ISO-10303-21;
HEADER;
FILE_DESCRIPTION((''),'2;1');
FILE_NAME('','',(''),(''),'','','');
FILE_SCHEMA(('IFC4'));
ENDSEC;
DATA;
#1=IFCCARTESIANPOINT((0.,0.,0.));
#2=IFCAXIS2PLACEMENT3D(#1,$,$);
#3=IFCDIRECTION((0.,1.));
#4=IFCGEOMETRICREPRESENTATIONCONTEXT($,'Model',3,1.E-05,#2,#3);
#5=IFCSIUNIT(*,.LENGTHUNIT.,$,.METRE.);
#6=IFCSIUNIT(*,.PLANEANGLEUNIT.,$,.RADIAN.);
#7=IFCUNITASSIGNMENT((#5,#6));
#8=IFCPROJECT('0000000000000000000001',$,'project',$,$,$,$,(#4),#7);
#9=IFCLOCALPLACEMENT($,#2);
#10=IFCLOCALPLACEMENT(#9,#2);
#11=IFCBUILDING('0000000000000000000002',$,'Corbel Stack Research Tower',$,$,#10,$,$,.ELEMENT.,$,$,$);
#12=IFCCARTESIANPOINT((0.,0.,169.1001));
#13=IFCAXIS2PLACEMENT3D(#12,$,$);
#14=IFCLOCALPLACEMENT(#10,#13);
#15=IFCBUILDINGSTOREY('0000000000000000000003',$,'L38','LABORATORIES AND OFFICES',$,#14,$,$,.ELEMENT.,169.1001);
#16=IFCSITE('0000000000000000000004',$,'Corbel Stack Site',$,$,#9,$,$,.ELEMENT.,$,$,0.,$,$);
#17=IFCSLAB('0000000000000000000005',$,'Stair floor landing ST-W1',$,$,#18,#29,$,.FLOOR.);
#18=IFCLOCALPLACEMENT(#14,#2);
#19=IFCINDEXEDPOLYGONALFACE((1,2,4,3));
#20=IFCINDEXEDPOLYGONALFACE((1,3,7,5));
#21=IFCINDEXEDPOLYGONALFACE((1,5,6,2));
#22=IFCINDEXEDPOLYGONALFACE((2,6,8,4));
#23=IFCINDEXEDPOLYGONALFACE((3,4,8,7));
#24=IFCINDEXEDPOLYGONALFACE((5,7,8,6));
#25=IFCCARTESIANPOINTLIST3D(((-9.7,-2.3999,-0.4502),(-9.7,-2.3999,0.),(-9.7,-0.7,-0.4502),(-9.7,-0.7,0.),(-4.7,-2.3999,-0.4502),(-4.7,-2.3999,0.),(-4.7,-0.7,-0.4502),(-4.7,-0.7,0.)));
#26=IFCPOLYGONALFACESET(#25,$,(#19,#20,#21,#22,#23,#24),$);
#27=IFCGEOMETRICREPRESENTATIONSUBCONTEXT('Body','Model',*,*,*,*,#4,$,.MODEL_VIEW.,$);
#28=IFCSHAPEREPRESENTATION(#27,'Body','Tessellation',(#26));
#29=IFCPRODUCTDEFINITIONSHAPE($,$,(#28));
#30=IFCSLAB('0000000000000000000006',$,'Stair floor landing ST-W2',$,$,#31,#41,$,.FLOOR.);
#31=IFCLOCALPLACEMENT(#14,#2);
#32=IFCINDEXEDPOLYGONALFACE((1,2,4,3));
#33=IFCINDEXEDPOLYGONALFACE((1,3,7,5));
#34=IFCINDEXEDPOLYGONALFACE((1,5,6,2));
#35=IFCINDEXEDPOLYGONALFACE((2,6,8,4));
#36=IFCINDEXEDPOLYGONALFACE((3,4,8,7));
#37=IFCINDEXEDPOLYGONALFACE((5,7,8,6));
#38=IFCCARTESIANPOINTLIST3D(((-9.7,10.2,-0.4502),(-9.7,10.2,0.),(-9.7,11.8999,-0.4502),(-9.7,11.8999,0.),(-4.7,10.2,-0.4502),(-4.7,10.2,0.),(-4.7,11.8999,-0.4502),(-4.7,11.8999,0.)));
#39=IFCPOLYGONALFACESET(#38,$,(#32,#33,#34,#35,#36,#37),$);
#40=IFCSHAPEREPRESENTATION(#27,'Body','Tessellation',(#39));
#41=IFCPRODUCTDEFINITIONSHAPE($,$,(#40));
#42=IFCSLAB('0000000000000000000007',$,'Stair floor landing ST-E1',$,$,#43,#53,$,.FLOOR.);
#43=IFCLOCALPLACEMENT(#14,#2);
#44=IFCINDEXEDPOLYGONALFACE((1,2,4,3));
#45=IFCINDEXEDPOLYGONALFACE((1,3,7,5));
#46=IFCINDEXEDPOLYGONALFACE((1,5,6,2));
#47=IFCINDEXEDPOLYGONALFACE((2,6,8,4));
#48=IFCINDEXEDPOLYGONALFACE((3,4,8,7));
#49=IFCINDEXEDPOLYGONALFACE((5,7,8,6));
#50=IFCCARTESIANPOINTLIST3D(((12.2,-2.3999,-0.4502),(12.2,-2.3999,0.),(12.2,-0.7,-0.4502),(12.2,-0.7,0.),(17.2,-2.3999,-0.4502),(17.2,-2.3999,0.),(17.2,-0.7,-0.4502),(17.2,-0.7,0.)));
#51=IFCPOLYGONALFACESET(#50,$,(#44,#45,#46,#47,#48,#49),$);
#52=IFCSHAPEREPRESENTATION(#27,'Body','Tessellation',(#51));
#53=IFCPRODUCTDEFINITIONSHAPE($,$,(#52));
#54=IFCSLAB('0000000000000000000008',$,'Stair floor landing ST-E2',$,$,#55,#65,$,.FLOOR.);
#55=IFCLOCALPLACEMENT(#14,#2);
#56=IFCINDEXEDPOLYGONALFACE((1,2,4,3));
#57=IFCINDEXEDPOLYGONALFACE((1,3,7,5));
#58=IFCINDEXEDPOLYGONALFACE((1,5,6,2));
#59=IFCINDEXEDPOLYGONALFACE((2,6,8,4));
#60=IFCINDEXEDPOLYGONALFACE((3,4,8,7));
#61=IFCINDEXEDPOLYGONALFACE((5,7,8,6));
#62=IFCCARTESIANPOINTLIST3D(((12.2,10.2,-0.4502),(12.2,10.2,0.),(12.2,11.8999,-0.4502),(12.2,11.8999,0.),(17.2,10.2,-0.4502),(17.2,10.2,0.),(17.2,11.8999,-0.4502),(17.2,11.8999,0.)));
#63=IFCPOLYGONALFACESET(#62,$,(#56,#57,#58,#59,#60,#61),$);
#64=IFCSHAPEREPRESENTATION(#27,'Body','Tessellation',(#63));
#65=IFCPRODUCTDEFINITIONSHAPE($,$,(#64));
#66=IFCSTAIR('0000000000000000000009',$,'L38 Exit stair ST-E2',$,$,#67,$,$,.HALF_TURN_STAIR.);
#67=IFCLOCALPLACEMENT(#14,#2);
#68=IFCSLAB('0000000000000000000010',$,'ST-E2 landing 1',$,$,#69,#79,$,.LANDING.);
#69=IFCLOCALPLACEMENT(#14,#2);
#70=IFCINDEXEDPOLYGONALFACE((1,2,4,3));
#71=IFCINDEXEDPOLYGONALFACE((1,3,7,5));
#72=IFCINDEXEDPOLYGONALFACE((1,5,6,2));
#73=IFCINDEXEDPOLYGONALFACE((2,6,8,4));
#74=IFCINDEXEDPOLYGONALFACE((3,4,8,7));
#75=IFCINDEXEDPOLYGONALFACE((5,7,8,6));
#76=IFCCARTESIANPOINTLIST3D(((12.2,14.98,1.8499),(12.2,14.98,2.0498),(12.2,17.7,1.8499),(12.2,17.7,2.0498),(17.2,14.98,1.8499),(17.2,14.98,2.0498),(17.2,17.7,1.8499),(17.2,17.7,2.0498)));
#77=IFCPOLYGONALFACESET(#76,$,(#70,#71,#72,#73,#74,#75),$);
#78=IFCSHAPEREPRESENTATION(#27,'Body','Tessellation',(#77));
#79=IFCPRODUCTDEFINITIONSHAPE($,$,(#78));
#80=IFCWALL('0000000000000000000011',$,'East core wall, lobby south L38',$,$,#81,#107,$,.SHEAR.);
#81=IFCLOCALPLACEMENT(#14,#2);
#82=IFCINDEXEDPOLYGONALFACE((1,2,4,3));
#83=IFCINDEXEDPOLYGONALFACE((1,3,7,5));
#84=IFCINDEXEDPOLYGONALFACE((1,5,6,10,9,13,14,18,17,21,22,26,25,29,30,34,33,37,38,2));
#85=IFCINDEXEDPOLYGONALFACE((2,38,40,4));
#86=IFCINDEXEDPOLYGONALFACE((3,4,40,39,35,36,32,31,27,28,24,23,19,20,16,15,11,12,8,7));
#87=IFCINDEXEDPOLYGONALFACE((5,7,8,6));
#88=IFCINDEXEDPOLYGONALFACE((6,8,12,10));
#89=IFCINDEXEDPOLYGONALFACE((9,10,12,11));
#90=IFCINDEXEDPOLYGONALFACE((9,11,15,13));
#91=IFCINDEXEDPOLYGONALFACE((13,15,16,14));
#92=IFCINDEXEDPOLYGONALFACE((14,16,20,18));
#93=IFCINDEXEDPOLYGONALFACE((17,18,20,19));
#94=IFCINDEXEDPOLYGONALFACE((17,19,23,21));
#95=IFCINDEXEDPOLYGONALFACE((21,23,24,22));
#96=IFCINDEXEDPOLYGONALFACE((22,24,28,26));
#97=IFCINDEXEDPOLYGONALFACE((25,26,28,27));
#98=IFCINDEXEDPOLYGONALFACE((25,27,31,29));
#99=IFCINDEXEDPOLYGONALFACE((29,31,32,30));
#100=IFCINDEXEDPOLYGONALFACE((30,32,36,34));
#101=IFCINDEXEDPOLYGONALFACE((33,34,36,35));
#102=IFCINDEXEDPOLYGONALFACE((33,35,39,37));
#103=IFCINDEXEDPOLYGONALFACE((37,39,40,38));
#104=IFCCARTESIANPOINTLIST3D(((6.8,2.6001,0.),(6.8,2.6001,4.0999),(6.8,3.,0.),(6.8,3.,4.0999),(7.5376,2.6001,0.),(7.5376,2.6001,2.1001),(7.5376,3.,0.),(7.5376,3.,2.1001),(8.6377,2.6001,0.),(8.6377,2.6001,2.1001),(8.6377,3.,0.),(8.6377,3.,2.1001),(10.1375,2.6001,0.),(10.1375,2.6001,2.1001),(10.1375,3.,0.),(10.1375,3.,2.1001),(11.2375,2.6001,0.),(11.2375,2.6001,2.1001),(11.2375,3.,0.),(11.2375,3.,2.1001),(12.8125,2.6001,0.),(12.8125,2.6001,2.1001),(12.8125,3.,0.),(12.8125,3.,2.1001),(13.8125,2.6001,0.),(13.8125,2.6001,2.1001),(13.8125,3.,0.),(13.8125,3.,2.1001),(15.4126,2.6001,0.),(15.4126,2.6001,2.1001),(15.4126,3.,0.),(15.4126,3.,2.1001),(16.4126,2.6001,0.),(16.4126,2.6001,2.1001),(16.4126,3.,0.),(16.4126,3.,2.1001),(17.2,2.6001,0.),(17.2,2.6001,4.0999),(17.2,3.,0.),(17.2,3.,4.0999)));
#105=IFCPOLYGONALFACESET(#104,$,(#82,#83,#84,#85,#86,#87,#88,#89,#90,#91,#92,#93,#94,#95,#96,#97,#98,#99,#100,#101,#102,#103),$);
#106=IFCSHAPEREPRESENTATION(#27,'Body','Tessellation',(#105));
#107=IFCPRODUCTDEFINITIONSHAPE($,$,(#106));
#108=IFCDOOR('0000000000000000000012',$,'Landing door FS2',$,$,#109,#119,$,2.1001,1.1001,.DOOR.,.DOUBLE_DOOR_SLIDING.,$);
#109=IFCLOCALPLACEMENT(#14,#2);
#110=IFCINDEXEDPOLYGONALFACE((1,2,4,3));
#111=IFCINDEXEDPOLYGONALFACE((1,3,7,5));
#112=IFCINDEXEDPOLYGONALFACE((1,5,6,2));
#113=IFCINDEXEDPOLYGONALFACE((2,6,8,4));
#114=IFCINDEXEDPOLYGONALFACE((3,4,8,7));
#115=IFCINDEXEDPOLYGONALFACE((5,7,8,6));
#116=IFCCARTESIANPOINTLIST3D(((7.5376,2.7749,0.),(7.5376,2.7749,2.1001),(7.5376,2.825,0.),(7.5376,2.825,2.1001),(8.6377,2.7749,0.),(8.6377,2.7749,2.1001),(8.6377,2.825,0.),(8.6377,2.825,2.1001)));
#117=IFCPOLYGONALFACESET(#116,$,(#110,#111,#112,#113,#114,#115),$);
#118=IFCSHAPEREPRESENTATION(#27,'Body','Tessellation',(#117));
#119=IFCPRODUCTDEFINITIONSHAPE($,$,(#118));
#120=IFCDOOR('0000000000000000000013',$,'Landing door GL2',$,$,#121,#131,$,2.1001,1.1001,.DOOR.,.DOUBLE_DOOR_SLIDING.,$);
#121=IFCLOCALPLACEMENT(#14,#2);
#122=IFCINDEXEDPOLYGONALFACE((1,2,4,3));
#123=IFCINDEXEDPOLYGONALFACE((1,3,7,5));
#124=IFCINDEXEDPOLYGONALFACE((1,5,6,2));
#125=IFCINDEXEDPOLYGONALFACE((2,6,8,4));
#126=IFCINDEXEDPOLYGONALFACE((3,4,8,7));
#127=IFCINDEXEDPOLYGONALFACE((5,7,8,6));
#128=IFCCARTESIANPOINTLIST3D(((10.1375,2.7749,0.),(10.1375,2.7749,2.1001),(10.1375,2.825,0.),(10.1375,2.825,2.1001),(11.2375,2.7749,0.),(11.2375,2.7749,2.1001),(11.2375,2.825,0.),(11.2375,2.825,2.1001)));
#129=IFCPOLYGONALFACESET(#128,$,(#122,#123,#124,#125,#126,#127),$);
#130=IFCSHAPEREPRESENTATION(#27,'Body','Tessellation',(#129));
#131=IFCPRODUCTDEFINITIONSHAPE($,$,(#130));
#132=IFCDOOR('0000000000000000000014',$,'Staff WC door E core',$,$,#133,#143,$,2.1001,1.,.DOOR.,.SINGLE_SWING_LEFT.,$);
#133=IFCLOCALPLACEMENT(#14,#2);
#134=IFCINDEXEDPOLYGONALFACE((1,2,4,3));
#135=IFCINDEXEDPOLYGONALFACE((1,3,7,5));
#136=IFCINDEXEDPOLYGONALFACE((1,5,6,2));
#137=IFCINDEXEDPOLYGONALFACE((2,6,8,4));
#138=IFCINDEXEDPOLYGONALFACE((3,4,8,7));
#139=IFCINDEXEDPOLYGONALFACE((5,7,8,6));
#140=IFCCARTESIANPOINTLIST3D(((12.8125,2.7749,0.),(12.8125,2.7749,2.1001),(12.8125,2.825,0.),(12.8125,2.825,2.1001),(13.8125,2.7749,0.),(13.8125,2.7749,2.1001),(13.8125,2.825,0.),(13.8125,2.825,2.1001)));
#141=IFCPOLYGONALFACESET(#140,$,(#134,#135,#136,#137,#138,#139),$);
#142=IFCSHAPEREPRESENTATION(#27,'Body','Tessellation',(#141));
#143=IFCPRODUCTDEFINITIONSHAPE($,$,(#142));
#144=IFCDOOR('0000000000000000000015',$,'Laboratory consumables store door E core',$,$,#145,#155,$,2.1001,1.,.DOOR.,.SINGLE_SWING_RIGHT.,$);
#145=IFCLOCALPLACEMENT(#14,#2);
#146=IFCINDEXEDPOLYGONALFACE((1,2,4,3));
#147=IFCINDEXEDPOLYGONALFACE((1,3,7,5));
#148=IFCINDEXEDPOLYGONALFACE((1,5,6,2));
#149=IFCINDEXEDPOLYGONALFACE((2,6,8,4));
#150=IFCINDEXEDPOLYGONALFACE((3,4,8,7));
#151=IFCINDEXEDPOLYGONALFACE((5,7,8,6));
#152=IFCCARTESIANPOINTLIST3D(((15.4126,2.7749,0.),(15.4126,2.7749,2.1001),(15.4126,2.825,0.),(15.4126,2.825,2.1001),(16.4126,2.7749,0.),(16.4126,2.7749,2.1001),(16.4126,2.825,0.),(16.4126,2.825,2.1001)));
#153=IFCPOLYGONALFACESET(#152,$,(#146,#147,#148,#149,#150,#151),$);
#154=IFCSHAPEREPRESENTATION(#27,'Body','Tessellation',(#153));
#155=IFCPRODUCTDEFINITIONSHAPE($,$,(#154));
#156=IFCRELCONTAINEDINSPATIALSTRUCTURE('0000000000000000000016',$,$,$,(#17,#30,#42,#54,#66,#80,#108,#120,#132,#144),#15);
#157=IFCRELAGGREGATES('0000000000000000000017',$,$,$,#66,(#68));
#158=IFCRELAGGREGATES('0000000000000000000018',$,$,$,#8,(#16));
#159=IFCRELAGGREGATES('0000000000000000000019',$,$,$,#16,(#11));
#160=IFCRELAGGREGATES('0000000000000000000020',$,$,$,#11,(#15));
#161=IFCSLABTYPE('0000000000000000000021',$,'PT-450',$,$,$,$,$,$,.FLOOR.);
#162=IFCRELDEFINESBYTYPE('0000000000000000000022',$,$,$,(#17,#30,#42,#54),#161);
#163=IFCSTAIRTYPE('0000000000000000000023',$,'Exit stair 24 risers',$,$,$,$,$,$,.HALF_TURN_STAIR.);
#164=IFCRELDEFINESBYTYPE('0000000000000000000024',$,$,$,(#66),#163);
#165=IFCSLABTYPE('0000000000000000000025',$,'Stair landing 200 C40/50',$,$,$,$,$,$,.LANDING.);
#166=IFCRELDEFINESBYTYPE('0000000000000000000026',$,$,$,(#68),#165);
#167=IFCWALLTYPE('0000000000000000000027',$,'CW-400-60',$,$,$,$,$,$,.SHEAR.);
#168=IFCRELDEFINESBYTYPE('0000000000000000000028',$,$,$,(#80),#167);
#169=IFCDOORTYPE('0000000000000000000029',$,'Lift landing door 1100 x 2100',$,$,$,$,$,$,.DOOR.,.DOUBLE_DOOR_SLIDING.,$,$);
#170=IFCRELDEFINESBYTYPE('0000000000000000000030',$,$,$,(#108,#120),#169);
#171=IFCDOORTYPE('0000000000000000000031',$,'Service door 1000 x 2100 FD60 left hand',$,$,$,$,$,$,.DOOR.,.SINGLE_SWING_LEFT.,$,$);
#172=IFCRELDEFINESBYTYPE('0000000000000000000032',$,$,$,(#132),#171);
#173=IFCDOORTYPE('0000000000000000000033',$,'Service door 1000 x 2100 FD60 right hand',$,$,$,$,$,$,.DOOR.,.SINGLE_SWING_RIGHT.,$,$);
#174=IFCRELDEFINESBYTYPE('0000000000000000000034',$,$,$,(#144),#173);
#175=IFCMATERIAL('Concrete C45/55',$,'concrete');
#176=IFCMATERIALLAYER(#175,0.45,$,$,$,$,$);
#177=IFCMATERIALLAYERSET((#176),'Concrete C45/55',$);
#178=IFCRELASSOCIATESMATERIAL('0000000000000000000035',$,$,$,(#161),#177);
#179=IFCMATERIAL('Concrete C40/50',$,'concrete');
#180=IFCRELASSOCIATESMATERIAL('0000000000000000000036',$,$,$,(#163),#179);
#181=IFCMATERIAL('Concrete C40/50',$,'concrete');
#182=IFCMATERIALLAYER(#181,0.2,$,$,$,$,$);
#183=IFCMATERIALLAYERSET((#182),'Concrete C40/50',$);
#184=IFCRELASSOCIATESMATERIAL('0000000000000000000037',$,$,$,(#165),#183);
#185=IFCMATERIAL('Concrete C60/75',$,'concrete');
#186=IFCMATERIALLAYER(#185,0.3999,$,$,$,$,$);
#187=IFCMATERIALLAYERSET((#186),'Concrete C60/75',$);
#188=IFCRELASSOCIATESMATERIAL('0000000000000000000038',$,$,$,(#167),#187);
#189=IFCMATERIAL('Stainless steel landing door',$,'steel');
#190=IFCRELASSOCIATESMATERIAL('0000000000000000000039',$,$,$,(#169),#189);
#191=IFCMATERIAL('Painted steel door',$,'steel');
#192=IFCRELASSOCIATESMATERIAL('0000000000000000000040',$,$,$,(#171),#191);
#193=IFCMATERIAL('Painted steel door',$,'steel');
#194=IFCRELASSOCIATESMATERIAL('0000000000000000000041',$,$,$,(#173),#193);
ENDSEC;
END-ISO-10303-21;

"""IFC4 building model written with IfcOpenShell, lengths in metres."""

from ifc_helpers import new_model, si_unit, direction, frame, frame_2d, origin, place, context, subcontext, project, spatial, polyline, rectangle, outline, extrude, material, layer, layer_set, type_object, element, fill, aggregate, save


model = new_model("IFC4")

# Units and contexts
model_context = context("Model", 3, precision=1e-05, world=origin(), true_north=direction((0.0, 1.0)))
body_context = subcontext(model_context, "Body", "Model", "MODEL_VIEW")
ifc_project = project(units=[si_unit("LENGTHUNIT", "METRE"), si_unit("PLANEANGLEUNIT", "RADIAN")], contexts=[model_context])

# Site, building, storey
site_placement = place(None, origin())
site = spatial("IfcSite", under=ifc_project, at=site_placement, Name="Corbel Stack Site", CompositionType="ELEMENT", RefElevation=0.0)
building_placement = place(site_placement, origin())
building = spatial("IfcBuilding", under=site, at=building_placement, Name="Corbel Stack Research Tower", CompositionType="ELEMENT")
storey_placement = place(building_placement, frame((0.0, 0.0, 169.1001)))
storey = spatial("IfcBuildingStorey", under=building, at=storey_placement, Name="L38", Description="LABORATORIES AND OFFICES", CompositionType="ELEMENT", Elevation=169.1001)

# Slabs
ifc_material_1 = material(Name="Concrete C45/55", Category="concrete")
ifc_layer_1 = layer(ifc_material_1, 0.45)
ifc_layer_set_1 = layer_set([ifc_layer_1], Name="Concrete C45/55")
slab_type_1 = type_object("IfcSlabType", Name="PT-450", PredefinedType="FLOOR", material=ifc_layer_set_1)
slab_1_placement = place(storey_placement, frame((0.0, 0.0, -0.4502)))
element("IfcSlab", 1, at=slab_1_placement, inside=storey, type_object=slab_type_1, Name="Stair floor landing ST-W1", PredefinedType="FLOOR", context=body_context, shape_type="SweptSolid", body=[
    extrude(outline(polyline([(-9.7, -2.3999), (-4.7, -2.3999), (-4.7, -0.7), (-9.7, -0.7), (-9.7, -2.3999)])), origin(), (0.0, 0.0, 1.0), 0.4502),
])
slab_2_placement = place(storey_placement, frame((0.0, 0.0, -0.4502)))
element("IfcSlab", 2, at=slab_2_placement, inside=storey, type_object=slab_type_1, Name="Stair floor landing ST-W2", PredefinedType="FLOOR", context=body_context, shape_type="SweptSolid", body=[
    extrude(outline(polyline([(-9.7, 10.2), (-4.7, 10.2), (-4.7, 11.8999), (-9.7, 11.8999), (-9.7, 10.2)])), origin(), (0.0, 0.0, 1.0), 0.4502),
])
slab_3_placement = place(storey_placement, frame((0.0, 0.0, -0.4502)))
element("IfcSlab", 3, at=slab_3_placement, inside=storey, type_object=slab_type_1, Name="Stair floor landing ST-E1", PredefinedType="FLOOR", context=body_context, shape_type="SweptSolid", body=[
    extrude(outline(polyline([(12.2, -2.3999), (17.2, -2.3999), (17.2, -0.7), (12.2, -0.7), (12.2, -2.3999)])), origin(), (0.0, 0.0, 1.0), 0.4502),
])
slab_4_placement = place(storey_placement, frame((0.0, 0.0, -0.4502)))
element("IfcSlab", 4, at=slab_4_placement, inside=storey, type_object=slab_type_1, Name="Stair floor landing ST-E2", PredefinedType="FLOOR", context=body_context, shape_type="SweptSolid", body=[
    extrude(outline(polyline([(12.2, 10.2), (17.2, 10.2), (17.2, 11.8999), (12.2, 11.8999), (12.2, 10.2)])), origin(), (0.0, 0.0, 1.0), 0.4502),
])

# Stair, slab
ifc_material_2 = material(Name="Concrete C40/50", Category="concrete")
stair_type = type_object("IfcStairType", Name="Exit stair 24 risers", PredefinedType="HALF_TURN_STAIR", material=ifc_material_2)
stair_placement = place(storey_placement, origin())
stair = element("IfcStair", 5, at=stair_placement, inside=storey, type_object=stair_type, Name="L38 Exit stair ST-E2", PredefinedType="HALF_TURN_STAIR")
ifc_material_3 = material(Name="Concrete C40/50", Category="concrete")
ifc_layer_2 = layer(ifc_material_3, 0.2)
ifc_layer_set_2 = layer_set([ifc_layer_2], Name="Concrete C40/50")
slab_type_2 = type_object("IfcSlabType", Name="Stair landing 200 C40/50", PredefinedType="LANDING", material=ifc_layer_set_2)
slab_5_placement = place(storey_placement, frame((0.0, 0.0, 1.8499)))
slab_5 = element("IfcSlab", 6, at=slab_5_placement, type_object=slab_type_2, Name="ST-E2 landing 1", PredefinedType="LANDING", context=body_context, shape_type="SweptSolid", body=[
    extrude(outline(polyline([(12.2, 14.98), (12.2, 17.7), (17.2, 17.7), (17.2, 14.98), (12.2, 14.98)])), origin(), (0.0, 0.0, 1.0), 0.2),
])
aggregate(stair, [slab_5])

# Wall, openings, doors
ifc_material_4 = material(Name="Concrete C60/75", Category="concrete")
ifc_layer_3 = layer(ifc_material_4, 0.3999)
ifc_layer_set_3 = layer_set([ifc_layer_3], Name="Concrete C60/75")
wall_type_1 = type_object("IfcWallType", Name="CW-400-60", PredefinedType="SHEAR", material=ifc_layer_set_3)
wall_1_placement = place(storey_placement, frame((6.8, 2.8, 0.0), z_axis=(0.0, 0.0, 1.0), x_axis=(1.0, 0.0, 0.0)))
wall_1 = element("IfcWall", 7, at=wall_1_placement, inside=storey, type_object=wall_type_1, Name="East core wall, lobby south L38", PredefinedType="SHEAR", context=body_context, shape_type="SweptSolid", body=[
    extrude(rectangle(XDim=10.3999, YDim=0.3999, at=frame_2d((5.2, 0.0))), origin(), (0.0, 0.0, 1.0), 4.0999),
])
opening_1_placement = place(wall_1_placement, frame((0.7375, 0.0, 0.0)))
opening_1 = element("IfcOpeningElement", 8, at=opening_1_placement, cuts=wall_1, PredefinedType="OPENING", context=body_context, shape_type="SweptSolid", body=[
    extrude(rectangle(XDim=1.1001, YDim=2.1001, at=frame_2d((0.55, 1.05))), frame((0.0, 0.21, 0.0), z_axis=(0.0, -1.0, 0.0), x_axis=(1.0, 0.0, 0.0)), (0.0, 0.0, 1.0), 0.4199),
])
opening_2_placement = place(wall_1_placement, frame((3.3374, 0.0, 0.0)))
opening_2 = element("IfcOpeningElement", 9, at=opening_2_placement, cuts=wall_1, PredefinedType="OPENING", context=body_context, shape_type="SweptSolid", body=[
    extrude(rectangle(XDim=1.1001, YDim=2.1001, at=frame_2d((0.55, 1.05))), frame((0.0, 0.21, 0.0), z_axis=(0.0, -1.0, 0.0), x_axis=(1.0, 0.0, 0.0)), (0.0, 0.0, 1.0), 0.4199),
])
opening_3_placement = place(wall_1_placement, frame((6.0125, 0.0, 0.0)))
opening_3 = element("IfcOpeningElement", 10, at=opening_3_placement, cuts=wall_1, PredefinedType="OPENING", context=body_context, shape_type="SweptSolid", body=[
    extrude(rectangle(XDim=1.0, YDim=2.1001, at=frame_2d((0.5, 1.05))), frame((0.0, 0.21, 0.0), z_axis=(0.0, -1.0, 0.0), x_axis=(1.0, 0.0, 0.0)), (0.0, 0.0, 1.0), 0.4199),
])
opening_4_placement = place(wall_1_placement, frame((8.6125, 0.0, 0.0)))
opening_4 = element("IfcOpeningElement", 11, at=opening_4_placement, cuts=wall_1, PredefinedType="OPENING", context=body_context, shape_type="SweptSolid", body=[
    extrude(rectangle(XDim=1.0, YDim=2.1001, at=frame_2d((0.5, 1.05))), frame((0.0, 0.21, 0.0), z_axis=(0.0, -1.0, 0.0), x_axis=(1.0, 0.0, 0.0)), (0.0, 0.0, 1.0), 0.4199),
])
ifc_material_5 = material(Name="Stainless steel landing door", Category="steel")
door_type_1 = type_object("IfcDoorType", Name="Lift landing door 1100 x 2100", OperationType="DOUBLE_DOOR_SLIDING", PredefinedType="DOOR", material=ifc_material_5)
door_1_placement = place(opening_1_placement, origin())
door_1 = element("IfcDoor", 12, at=door_1_placement, inside=storey, type_object=door_type_1, Name="Landing door FS2", OperationType="DOUBLE_DOOR_SLIDING", OverallHeight=2.1001, OverallWidth=1.1001, PredefinedType="DOOR", context=body_context, shape_type="SweptSolid", body=[
    extrude(rectangle(XDim=1.1001, YDim=2.1001, at=frame_2d((0.55, 1.05))), frame((0.0, 0.0249, 0.0), z_axis=(0.0, -1.0, 0.0), x_axis=(1.0, 0.0, 0.0)), (0.0, 0.0, 1.0), 0.05),
])
fill(opening_1, door_1)
door_2_placement = place(opening_2_placement, origin())
door_2 = element("IfcDoor", 13, at=door_2_placement, inside=storey, type_object=door_type_1, Name="Landing door GL2", OperationType="DOUBLE_DOOR_SLIDING", OverallHeight=2.1001, OverallWidth=1.1001, PredefinedType="DOOR", context=body_context, shape_type="SweptSolid", body=[
    extrude(rectangle(XDim=1.1001, YDim=2.1001, at=frame_2d((0.55, 1.05))), frame((0.0, 0.0249, 0.0), z_axis=(0.0, -1.0, 0.0), x_axis=(1.0, 0.0, 0.0)), (0.0, 0.0, 1.0), 0.05),
])
fill(opening_2, door_2)
ifc_material_6 = material(Name="Painted steel door", Category="steel")
door_type_2 = type_object("IfcDoorType", Name="Service door 1000 x 2100 FD60 left hand", OperationType="SINGLE_SWING_LEFT", PredefinedType="DOOR", material=ifc_material_6)
door_3_placement = place(opening_3_placement, origin())
door_3 = element("IfcDoor", 14, at=door_3_placement, inside=storey, type_object=door_type_2, Name="Staff WC door E core", OperationType="SINGLE_SWING_LEFT", OverallHeight=2.1001, OverallWidth=1.0, PredefinedType="DOOR", context=body_context, shape_type="SweptSolid", body=[
    extrude(rectangle(XDim=1.0, YDim=2.1001, at=frame_2d((0.5, 1.05))), frame((0.0, 0.0249, 0.0), z_axis=(0.0, -1.0, 0.0), x_axis=(1.0, 0.0, 0.0)), (0.0, 0.0, 1.0), 0.05),
])
fill(opening_3, door_3)
ifc_material_7 = material(Name="Painted steel door", Category="steel")
door_type_3 = type_object("IfcDoorType", Name="Service door 1000 x 2100 FD60 right hand", OperationType="SINGLE_SWING_RIGHT", PredefinedType="DOOR", material=ifc_material_7)
door_4_placement = place(opening_4_placement, origin())
door_4 = element("IfcDoor", 15, at=door_4_placement, inside=storey, type_object=door_type_3, Name="Laboratory consumables store door E core", OperationType="SINGLE_SWING_RIGHT", OverallHeight=2.1001, OverallWidth=1.0, PredefinedType="DOOR", context=body_context, shape_type="SweptSolid", body=[
    extrude(rectangle(XDim=1.0, YDim=2.1001, at=frame_2d((0.5, 1.05))), frame((0.0, 0.0249, 0.0), z_axis=(0.0, -1.0, 0.0), x_axis=(1.0, 0.0, 0.0)), (0.0, 0.0, 1.0), 0.05),
])
fill(opening_4, door_4)

save(model, "model.ifc")
